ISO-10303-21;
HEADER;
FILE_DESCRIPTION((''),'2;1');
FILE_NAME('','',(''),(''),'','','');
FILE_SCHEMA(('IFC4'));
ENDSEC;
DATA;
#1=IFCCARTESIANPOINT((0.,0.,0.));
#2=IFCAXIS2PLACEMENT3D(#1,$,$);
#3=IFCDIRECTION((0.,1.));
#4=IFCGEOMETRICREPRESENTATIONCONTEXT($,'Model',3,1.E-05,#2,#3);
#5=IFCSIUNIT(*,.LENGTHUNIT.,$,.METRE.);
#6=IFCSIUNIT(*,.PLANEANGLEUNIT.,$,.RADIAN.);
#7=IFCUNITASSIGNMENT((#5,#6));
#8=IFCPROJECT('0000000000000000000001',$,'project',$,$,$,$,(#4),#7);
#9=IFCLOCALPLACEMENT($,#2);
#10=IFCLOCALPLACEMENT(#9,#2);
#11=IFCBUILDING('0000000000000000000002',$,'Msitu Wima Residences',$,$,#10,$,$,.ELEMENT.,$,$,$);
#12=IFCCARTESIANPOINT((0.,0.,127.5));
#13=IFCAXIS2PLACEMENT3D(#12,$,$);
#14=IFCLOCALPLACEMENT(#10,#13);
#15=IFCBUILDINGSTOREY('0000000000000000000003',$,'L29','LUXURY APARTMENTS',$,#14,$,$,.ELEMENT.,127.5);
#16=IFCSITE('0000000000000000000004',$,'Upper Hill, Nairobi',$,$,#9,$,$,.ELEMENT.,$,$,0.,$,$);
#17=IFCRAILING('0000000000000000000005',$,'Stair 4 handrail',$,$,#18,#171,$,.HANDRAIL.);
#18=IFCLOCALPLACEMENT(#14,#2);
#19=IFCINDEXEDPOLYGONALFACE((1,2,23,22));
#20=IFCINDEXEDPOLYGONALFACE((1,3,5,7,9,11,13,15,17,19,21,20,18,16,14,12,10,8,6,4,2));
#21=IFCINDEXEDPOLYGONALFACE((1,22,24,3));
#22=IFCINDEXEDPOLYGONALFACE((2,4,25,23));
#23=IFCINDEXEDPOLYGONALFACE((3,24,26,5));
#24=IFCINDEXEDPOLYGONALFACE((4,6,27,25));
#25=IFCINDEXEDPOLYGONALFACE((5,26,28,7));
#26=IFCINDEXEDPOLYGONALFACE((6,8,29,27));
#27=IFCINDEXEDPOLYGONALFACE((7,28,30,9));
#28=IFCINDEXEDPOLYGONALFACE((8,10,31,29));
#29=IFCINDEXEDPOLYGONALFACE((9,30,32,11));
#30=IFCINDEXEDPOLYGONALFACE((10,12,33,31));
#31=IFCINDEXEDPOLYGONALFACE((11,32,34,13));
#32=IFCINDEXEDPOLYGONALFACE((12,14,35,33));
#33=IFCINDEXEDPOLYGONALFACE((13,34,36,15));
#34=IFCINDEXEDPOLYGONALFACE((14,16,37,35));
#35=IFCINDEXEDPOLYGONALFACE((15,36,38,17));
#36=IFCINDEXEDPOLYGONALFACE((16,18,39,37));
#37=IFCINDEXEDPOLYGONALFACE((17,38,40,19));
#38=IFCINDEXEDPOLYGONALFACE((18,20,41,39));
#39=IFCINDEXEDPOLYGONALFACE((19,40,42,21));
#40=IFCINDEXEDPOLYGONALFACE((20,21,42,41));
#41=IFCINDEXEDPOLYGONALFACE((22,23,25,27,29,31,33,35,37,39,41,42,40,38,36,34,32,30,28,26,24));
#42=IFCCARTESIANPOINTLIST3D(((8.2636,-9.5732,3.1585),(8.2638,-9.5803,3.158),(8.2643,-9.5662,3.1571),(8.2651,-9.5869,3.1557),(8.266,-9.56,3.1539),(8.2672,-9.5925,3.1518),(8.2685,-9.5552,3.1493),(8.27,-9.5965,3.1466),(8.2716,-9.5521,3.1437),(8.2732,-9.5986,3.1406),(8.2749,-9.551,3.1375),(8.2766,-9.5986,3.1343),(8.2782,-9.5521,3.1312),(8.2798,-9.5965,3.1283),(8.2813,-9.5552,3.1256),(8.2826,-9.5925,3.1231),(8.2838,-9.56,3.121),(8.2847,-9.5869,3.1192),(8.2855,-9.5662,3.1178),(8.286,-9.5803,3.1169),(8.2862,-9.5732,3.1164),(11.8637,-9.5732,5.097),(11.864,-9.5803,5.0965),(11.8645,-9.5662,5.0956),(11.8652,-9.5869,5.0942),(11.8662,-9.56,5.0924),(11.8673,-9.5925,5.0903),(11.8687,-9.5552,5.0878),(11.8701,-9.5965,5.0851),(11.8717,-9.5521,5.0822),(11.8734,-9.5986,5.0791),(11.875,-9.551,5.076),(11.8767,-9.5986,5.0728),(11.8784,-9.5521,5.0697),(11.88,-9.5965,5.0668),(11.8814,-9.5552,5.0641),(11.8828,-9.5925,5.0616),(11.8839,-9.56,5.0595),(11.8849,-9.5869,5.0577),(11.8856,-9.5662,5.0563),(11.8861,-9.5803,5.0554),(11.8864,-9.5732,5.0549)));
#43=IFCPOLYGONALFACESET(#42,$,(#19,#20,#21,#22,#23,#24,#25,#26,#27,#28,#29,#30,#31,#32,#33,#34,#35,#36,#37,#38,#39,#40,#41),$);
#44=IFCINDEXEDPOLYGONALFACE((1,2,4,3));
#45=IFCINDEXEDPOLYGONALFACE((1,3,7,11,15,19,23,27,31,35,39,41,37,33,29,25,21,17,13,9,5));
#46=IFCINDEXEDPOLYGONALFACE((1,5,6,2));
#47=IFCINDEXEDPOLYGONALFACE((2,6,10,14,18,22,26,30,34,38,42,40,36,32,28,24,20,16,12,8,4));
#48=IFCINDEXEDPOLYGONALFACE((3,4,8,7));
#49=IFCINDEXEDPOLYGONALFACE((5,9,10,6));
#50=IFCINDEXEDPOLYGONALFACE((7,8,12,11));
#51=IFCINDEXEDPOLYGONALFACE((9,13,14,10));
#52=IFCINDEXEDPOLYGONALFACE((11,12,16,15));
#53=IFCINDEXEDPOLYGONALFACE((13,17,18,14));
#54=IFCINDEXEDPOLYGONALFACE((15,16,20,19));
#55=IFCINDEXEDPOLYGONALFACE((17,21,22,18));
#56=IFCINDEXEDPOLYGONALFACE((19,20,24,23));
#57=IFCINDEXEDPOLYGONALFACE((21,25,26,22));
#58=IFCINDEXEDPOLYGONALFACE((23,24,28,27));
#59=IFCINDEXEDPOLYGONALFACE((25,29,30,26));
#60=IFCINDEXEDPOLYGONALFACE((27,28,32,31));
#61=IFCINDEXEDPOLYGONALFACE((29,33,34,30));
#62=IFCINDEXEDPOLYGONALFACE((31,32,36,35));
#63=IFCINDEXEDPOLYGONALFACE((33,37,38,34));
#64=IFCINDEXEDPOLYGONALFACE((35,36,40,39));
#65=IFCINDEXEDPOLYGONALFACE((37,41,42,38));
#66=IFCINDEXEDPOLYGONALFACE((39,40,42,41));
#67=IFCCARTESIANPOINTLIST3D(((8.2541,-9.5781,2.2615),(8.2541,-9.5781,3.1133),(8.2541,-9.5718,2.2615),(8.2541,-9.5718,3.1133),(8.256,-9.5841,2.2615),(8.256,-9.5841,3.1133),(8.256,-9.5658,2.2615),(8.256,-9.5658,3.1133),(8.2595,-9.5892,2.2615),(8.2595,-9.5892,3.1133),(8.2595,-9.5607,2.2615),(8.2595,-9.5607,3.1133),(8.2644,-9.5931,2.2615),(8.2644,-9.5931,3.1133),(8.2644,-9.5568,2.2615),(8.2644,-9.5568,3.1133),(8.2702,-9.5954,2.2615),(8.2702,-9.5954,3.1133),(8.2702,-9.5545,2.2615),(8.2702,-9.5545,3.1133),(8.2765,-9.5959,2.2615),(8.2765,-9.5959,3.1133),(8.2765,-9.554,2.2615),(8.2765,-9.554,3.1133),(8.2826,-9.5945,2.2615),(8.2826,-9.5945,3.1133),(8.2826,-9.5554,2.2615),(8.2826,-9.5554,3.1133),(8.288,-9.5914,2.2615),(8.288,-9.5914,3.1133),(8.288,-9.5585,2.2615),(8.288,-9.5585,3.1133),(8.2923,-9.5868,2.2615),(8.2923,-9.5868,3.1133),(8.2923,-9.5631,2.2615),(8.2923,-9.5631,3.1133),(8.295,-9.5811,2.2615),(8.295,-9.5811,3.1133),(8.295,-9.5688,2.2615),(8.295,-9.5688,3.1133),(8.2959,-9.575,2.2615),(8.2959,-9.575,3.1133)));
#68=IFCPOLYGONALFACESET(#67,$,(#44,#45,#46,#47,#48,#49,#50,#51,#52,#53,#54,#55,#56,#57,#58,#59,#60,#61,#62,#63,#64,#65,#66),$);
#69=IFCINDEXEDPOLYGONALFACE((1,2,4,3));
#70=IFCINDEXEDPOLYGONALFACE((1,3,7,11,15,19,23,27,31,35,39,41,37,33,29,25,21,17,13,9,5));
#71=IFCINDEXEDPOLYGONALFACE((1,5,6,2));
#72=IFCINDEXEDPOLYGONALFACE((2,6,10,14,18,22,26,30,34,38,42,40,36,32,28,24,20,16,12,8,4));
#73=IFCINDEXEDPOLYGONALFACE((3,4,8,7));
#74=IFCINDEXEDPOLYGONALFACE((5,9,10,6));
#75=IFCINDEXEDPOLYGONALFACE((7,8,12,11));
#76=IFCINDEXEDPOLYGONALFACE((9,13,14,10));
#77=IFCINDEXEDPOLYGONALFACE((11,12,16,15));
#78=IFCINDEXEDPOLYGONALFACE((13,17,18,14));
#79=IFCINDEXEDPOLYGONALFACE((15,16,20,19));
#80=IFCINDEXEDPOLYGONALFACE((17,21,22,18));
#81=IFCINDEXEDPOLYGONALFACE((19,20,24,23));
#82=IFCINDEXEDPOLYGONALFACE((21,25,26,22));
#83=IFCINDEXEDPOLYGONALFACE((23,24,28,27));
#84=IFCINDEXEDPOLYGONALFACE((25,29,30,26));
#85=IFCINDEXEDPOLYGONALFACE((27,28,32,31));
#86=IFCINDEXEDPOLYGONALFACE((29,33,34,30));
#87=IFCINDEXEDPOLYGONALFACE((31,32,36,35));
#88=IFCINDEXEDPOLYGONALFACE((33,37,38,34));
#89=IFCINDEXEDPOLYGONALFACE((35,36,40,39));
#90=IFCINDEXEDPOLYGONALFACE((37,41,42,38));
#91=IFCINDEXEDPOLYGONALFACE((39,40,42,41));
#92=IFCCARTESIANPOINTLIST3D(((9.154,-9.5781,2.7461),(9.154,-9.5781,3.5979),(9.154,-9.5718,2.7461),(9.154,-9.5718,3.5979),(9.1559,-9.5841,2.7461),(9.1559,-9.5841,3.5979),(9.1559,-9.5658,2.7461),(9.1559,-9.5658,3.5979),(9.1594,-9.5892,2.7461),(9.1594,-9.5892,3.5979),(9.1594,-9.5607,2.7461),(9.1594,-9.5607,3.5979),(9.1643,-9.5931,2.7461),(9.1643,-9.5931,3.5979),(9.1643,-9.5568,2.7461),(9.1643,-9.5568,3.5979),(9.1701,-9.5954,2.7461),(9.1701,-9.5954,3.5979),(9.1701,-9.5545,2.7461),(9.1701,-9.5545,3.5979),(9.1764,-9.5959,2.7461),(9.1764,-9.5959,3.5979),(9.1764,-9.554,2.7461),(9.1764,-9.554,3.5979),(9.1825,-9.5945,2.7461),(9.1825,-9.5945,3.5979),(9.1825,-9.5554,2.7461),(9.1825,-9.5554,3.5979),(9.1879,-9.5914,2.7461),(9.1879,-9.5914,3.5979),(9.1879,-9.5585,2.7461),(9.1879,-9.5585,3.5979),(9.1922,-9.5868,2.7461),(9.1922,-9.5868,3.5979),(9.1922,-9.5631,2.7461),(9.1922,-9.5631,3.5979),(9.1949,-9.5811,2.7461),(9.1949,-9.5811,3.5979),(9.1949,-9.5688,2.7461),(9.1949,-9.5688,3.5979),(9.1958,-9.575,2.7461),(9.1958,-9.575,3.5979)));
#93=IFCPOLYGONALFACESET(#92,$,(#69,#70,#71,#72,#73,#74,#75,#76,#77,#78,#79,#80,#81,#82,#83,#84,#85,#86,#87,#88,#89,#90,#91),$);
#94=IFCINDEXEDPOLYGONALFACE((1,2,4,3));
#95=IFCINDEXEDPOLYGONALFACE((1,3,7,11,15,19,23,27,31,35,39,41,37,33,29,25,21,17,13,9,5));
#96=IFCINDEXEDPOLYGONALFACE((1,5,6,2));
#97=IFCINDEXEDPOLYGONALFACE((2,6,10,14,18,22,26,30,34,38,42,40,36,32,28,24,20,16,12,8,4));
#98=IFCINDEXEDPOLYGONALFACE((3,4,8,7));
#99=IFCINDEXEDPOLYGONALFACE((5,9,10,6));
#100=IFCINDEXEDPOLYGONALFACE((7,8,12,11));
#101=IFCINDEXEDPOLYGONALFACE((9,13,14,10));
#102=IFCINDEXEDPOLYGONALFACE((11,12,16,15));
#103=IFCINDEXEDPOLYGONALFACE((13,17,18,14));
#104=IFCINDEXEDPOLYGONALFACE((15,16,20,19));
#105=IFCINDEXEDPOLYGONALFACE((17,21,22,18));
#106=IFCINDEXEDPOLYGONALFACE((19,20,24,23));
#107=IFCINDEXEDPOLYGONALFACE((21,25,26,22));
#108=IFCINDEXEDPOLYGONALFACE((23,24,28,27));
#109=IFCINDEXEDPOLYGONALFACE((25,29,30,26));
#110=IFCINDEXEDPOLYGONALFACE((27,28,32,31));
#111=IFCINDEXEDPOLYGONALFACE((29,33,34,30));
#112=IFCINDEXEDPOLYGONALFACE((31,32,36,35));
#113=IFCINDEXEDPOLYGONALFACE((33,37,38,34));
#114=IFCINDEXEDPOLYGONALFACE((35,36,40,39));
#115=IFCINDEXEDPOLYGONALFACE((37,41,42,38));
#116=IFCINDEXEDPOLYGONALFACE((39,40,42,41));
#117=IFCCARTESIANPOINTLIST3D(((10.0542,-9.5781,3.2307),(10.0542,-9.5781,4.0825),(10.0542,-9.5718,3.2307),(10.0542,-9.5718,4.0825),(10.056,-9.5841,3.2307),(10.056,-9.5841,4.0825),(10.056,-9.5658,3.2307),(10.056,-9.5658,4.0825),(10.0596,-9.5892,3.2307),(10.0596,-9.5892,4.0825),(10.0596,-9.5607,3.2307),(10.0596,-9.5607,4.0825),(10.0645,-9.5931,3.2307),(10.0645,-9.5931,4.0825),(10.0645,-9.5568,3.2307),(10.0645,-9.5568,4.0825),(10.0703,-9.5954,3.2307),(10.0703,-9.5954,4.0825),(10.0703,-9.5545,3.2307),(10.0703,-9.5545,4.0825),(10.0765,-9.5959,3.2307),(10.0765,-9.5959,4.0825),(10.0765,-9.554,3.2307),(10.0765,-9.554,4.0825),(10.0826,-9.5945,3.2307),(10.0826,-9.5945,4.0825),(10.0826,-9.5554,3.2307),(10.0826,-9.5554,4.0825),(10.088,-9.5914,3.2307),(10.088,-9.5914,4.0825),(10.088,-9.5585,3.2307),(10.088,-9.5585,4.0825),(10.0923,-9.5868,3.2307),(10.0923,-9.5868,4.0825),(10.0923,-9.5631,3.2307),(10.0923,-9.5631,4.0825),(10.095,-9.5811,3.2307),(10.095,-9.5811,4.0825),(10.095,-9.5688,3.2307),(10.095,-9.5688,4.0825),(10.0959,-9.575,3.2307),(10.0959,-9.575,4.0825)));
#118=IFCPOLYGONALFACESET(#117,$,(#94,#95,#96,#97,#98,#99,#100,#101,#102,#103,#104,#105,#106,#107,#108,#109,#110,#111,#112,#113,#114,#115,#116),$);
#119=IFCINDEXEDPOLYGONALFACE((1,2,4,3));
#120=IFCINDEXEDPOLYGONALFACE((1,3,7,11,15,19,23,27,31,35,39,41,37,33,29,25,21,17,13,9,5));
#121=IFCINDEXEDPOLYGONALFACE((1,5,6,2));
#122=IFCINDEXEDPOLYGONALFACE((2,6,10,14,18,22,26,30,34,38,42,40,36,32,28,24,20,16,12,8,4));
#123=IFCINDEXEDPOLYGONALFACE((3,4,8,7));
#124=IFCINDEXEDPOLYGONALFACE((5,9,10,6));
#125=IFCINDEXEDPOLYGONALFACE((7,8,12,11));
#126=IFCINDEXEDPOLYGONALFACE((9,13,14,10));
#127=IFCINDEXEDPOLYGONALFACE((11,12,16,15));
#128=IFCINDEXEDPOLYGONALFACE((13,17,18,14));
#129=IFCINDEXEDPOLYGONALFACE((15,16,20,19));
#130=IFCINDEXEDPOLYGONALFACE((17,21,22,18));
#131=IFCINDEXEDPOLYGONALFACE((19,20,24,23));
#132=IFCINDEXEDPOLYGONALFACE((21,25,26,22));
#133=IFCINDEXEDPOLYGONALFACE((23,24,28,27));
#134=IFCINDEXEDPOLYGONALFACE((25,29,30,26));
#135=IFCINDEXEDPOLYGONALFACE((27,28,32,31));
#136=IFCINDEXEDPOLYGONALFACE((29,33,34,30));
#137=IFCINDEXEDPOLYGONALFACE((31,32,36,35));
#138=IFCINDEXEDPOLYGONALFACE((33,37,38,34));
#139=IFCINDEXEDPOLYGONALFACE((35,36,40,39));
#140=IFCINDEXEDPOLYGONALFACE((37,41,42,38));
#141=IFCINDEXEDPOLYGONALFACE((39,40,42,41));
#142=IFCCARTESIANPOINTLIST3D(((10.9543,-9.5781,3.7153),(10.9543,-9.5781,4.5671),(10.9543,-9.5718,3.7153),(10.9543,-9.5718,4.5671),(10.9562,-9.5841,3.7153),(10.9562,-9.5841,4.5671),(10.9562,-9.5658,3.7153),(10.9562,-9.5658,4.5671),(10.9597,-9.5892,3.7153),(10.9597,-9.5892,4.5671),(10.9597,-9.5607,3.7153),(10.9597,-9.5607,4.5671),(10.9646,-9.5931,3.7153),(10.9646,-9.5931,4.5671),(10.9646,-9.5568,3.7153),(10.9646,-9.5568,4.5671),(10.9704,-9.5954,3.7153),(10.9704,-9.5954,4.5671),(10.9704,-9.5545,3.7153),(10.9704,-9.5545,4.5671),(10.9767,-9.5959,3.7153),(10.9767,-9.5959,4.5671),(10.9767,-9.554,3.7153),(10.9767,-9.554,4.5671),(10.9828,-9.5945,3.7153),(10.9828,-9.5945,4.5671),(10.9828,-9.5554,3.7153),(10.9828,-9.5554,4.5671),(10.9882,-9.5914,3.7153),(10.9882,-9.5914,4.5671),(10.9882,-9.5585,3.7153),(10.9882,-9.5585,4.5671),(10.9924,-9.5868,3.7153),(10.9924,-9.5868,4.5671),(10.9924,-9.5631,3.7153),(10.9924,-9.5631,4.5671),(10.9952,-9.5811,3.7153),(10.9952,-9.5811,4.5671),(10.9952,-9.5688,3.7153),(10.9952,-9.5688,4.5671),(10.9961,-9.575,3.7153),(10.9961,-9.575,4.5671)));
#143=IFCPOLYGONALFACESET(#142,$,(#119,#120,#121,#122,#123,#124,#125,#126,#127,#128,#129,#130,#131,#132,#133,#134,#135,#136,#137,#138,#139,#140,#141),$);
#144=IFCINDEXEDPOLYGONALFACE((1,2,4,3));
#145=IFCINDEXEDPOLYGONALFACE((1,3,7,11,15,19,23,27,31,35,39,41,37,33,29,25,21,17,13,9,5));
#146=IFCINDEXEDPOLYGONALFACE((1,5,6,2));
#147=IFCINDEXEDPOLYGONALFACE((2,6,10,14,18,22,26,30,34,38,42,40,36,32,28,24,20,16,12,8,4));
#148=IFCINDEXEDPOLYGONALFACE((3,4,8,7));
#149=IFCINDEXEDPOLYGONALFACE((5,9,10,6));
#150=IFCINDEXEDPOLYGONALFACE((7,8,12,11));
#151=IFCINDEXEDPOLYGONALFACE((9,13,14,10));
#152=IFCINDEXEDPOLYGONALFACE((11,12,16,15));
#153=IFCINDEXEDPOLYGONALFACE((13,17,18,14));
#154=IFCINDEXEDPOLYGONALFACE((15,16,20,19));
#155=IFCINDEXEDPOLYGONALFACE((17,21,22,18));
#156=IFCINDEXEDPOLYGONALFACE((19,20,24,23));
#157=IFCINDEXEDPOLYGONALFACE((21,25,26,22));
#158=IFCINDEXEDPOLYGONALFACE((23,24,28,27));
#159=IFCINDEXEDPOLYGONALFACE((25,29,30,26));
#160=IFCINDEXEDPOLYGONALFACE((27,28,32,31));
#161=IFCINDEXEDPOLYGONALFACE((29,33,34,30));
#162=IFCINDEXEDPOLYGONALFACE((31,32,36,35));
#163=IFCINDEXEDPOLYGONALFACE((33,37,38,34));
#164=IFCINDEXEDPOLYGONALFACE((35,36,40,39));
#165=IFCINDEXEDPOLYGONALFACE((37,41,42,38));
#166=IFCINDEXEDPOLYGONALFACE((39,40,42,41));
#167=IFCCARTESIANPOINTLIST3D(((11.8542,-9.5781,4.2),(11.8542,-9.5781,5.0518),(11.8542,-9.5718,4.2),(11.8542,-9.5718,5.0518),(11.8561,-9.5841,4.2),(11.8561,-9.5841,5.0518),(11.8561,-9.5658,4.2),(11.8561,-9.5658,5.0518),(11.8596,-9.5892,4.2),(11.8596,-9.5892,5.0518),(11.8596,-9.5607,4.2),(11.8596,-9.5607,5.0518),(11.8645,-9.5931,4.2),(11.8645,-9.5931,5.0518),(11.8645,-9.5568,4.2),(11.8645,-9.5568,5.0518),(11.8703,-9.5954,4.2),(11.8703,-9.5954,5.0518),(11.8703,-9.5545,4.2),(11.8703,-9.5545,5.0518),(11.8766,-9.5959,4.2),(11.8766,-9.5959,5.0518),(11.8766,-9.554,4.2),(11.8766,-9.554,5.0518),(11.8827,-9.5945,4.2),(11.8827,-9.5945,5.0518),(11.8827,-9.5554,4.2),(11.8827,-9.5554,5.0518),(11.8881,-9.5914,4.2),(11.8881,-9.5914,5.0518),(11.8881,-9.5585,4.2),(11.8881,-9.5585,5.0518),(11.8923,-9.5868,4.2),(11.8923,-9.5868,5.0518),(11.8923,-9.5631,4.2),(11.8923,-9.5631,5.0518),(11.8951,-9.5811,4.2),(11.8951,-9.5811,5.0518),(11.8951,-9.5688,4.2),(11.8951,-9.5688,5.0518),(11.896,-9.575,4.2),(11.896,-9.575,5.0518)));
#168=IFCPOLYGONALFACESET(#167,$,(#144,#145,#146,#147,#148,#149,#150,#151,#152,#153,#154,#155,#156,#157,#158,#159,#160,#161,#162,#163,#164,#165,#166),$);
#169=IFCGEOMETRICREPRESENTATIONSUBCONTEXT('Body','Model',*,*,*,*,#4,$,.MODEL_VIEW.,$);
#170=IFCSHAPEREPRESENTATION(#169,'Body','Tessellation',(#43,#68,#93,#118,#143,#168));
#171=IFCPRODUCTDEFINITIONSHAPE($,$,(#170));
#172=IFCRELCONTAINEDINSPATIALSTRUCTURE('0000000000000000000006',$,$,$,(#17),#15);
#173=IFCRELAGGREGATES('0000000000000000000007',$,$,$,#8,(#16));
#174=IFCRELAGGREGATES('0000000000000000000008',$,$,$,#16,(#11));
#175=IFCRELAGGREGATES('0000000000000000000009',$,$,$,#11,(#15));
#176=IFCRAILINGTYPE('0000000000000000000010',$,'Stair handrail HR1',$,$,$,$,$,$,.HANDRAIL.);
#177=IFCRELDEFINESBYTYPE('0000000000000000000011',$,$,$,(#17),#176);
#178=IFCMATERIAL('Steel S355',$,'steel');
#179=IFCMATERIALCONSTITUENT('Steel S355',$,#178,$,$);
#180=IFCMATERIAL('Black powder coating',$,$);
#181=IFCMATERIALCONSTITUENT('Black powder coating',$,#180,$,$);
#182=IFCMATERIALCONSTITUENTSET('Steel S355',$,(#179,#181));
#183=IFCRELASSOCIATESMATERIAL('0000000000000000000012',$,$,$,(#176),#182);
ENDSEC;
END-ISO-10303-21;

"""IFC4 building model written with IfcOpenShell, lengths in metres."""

from ifc_helpers import new_model, si_unit, direction, frame, origin, origin_2d, place, context, subcontext, project, spatial, circle, extrude, material, constituent, constituent_set, type_object, element, save


model = new_model("IFC4")

# Units and contexts
model_context = context("Model", 3, precision=1e-05, world=origin(), true_north=direction((0.0, 1.0)))
body_context = subcontext(model_context, "Body", "Model", "MODEL_VIEW")
ifc_project = project(units=[si_unit("LENGTHUNIT", "METRE"), si_unit("PLANEANGLEUNIT", "RADIAN")], contexts=[model_context])

# Site, building, storey
site_placement = place(None, origin())
site = spatial("IfcSite", under=ifc_project, at=site_placement, Name="Upper Hill, Nairobi", CompositionType="ELEMENT", RefElevation=0.0)
building_placement = place(site_placement, origin())
building = spatial("IfcBuilding", under=site, at=building_placement, Name="Msitu Wima Residences", CompositionType="ELEMENT")
storey_placement = place(building_placement, frame((0.0, 0.0, 127.5)))
storey = spatial("IfcBuildingStorey", under=building, at=storey_placement, Name="L29", Description="LUXURY APARTMENTS", CompositionType="ELEMENT", Elevation=127.5)

# Railing
ifc_material_1 = material(Name="Steel S355", Category="steel")
ifc_constituent_1 = constituent(ifc_material_1, Name="Steel S355")
ifc_material_2 = material(Name="Black powder coating")
ifc_constituent_2 = constituent(ifc_material_2, Name="Black powder coating")
ifc_constituent_set = constituent_set(constituents=[ifc_constituent_1, ifc_constituent_2], Name="Steel S355")
railing_type = type_object("IfcRailingType", Name="Stair handrail HR1", PredefinedType="HANDRAIL", material=ifc_constituent_set)
for number, where, name in (
    (1, (8.2749, -9.575, 2.2615), "Stair 4 handrail"),
):
    element("IfcRailing", number, at=place(storey_placement, frame(where)), inside=storey, type_object=railing_type, Name=name, PredefinedType="HANDRAIL", context=body_context, shape_type="SweptSolid", body=[
        extrude(circle(Radius=0.0239, at=origin_2d()), frame((0.0, 0.0, 0.876), z_axis=(0.880475, 0.0, 0.474093), x_axis=(0.0, 1.0, 0.0)), (0.0, 0.0, 1.0), 4.0889),
        extrude(circle(Radius=0.021, at=origin_2d()), origin(), (0.0, 0.0, 1.0), 0.8518),
        extrude(circle(Radius=0.021, at=origin_2d()), frame((0.8999, 0.0, 0.4846)), (0.0, 0.0, 1.0), 0.8518),
        extrude(circle(Radius=0.021, at=origin_2d()), frame((1.8, 0.0, 0.9692)), (0.0, 0.0, 1.0), 0.8518),
        extrude(circle(Radius=0.021, at=origin_2d()), frame((2.7002, 0.0, 1.4539)), (0.0, 0.0, 1.0), 0.8518),
        extrude(circle(Radius=0.021, at=origin_2d()), frame((3.6001, 0.0, 1.9385)), (0.0, 0.0, 1.0), 0.8518),
    ])

save(model, "model.ifc")
